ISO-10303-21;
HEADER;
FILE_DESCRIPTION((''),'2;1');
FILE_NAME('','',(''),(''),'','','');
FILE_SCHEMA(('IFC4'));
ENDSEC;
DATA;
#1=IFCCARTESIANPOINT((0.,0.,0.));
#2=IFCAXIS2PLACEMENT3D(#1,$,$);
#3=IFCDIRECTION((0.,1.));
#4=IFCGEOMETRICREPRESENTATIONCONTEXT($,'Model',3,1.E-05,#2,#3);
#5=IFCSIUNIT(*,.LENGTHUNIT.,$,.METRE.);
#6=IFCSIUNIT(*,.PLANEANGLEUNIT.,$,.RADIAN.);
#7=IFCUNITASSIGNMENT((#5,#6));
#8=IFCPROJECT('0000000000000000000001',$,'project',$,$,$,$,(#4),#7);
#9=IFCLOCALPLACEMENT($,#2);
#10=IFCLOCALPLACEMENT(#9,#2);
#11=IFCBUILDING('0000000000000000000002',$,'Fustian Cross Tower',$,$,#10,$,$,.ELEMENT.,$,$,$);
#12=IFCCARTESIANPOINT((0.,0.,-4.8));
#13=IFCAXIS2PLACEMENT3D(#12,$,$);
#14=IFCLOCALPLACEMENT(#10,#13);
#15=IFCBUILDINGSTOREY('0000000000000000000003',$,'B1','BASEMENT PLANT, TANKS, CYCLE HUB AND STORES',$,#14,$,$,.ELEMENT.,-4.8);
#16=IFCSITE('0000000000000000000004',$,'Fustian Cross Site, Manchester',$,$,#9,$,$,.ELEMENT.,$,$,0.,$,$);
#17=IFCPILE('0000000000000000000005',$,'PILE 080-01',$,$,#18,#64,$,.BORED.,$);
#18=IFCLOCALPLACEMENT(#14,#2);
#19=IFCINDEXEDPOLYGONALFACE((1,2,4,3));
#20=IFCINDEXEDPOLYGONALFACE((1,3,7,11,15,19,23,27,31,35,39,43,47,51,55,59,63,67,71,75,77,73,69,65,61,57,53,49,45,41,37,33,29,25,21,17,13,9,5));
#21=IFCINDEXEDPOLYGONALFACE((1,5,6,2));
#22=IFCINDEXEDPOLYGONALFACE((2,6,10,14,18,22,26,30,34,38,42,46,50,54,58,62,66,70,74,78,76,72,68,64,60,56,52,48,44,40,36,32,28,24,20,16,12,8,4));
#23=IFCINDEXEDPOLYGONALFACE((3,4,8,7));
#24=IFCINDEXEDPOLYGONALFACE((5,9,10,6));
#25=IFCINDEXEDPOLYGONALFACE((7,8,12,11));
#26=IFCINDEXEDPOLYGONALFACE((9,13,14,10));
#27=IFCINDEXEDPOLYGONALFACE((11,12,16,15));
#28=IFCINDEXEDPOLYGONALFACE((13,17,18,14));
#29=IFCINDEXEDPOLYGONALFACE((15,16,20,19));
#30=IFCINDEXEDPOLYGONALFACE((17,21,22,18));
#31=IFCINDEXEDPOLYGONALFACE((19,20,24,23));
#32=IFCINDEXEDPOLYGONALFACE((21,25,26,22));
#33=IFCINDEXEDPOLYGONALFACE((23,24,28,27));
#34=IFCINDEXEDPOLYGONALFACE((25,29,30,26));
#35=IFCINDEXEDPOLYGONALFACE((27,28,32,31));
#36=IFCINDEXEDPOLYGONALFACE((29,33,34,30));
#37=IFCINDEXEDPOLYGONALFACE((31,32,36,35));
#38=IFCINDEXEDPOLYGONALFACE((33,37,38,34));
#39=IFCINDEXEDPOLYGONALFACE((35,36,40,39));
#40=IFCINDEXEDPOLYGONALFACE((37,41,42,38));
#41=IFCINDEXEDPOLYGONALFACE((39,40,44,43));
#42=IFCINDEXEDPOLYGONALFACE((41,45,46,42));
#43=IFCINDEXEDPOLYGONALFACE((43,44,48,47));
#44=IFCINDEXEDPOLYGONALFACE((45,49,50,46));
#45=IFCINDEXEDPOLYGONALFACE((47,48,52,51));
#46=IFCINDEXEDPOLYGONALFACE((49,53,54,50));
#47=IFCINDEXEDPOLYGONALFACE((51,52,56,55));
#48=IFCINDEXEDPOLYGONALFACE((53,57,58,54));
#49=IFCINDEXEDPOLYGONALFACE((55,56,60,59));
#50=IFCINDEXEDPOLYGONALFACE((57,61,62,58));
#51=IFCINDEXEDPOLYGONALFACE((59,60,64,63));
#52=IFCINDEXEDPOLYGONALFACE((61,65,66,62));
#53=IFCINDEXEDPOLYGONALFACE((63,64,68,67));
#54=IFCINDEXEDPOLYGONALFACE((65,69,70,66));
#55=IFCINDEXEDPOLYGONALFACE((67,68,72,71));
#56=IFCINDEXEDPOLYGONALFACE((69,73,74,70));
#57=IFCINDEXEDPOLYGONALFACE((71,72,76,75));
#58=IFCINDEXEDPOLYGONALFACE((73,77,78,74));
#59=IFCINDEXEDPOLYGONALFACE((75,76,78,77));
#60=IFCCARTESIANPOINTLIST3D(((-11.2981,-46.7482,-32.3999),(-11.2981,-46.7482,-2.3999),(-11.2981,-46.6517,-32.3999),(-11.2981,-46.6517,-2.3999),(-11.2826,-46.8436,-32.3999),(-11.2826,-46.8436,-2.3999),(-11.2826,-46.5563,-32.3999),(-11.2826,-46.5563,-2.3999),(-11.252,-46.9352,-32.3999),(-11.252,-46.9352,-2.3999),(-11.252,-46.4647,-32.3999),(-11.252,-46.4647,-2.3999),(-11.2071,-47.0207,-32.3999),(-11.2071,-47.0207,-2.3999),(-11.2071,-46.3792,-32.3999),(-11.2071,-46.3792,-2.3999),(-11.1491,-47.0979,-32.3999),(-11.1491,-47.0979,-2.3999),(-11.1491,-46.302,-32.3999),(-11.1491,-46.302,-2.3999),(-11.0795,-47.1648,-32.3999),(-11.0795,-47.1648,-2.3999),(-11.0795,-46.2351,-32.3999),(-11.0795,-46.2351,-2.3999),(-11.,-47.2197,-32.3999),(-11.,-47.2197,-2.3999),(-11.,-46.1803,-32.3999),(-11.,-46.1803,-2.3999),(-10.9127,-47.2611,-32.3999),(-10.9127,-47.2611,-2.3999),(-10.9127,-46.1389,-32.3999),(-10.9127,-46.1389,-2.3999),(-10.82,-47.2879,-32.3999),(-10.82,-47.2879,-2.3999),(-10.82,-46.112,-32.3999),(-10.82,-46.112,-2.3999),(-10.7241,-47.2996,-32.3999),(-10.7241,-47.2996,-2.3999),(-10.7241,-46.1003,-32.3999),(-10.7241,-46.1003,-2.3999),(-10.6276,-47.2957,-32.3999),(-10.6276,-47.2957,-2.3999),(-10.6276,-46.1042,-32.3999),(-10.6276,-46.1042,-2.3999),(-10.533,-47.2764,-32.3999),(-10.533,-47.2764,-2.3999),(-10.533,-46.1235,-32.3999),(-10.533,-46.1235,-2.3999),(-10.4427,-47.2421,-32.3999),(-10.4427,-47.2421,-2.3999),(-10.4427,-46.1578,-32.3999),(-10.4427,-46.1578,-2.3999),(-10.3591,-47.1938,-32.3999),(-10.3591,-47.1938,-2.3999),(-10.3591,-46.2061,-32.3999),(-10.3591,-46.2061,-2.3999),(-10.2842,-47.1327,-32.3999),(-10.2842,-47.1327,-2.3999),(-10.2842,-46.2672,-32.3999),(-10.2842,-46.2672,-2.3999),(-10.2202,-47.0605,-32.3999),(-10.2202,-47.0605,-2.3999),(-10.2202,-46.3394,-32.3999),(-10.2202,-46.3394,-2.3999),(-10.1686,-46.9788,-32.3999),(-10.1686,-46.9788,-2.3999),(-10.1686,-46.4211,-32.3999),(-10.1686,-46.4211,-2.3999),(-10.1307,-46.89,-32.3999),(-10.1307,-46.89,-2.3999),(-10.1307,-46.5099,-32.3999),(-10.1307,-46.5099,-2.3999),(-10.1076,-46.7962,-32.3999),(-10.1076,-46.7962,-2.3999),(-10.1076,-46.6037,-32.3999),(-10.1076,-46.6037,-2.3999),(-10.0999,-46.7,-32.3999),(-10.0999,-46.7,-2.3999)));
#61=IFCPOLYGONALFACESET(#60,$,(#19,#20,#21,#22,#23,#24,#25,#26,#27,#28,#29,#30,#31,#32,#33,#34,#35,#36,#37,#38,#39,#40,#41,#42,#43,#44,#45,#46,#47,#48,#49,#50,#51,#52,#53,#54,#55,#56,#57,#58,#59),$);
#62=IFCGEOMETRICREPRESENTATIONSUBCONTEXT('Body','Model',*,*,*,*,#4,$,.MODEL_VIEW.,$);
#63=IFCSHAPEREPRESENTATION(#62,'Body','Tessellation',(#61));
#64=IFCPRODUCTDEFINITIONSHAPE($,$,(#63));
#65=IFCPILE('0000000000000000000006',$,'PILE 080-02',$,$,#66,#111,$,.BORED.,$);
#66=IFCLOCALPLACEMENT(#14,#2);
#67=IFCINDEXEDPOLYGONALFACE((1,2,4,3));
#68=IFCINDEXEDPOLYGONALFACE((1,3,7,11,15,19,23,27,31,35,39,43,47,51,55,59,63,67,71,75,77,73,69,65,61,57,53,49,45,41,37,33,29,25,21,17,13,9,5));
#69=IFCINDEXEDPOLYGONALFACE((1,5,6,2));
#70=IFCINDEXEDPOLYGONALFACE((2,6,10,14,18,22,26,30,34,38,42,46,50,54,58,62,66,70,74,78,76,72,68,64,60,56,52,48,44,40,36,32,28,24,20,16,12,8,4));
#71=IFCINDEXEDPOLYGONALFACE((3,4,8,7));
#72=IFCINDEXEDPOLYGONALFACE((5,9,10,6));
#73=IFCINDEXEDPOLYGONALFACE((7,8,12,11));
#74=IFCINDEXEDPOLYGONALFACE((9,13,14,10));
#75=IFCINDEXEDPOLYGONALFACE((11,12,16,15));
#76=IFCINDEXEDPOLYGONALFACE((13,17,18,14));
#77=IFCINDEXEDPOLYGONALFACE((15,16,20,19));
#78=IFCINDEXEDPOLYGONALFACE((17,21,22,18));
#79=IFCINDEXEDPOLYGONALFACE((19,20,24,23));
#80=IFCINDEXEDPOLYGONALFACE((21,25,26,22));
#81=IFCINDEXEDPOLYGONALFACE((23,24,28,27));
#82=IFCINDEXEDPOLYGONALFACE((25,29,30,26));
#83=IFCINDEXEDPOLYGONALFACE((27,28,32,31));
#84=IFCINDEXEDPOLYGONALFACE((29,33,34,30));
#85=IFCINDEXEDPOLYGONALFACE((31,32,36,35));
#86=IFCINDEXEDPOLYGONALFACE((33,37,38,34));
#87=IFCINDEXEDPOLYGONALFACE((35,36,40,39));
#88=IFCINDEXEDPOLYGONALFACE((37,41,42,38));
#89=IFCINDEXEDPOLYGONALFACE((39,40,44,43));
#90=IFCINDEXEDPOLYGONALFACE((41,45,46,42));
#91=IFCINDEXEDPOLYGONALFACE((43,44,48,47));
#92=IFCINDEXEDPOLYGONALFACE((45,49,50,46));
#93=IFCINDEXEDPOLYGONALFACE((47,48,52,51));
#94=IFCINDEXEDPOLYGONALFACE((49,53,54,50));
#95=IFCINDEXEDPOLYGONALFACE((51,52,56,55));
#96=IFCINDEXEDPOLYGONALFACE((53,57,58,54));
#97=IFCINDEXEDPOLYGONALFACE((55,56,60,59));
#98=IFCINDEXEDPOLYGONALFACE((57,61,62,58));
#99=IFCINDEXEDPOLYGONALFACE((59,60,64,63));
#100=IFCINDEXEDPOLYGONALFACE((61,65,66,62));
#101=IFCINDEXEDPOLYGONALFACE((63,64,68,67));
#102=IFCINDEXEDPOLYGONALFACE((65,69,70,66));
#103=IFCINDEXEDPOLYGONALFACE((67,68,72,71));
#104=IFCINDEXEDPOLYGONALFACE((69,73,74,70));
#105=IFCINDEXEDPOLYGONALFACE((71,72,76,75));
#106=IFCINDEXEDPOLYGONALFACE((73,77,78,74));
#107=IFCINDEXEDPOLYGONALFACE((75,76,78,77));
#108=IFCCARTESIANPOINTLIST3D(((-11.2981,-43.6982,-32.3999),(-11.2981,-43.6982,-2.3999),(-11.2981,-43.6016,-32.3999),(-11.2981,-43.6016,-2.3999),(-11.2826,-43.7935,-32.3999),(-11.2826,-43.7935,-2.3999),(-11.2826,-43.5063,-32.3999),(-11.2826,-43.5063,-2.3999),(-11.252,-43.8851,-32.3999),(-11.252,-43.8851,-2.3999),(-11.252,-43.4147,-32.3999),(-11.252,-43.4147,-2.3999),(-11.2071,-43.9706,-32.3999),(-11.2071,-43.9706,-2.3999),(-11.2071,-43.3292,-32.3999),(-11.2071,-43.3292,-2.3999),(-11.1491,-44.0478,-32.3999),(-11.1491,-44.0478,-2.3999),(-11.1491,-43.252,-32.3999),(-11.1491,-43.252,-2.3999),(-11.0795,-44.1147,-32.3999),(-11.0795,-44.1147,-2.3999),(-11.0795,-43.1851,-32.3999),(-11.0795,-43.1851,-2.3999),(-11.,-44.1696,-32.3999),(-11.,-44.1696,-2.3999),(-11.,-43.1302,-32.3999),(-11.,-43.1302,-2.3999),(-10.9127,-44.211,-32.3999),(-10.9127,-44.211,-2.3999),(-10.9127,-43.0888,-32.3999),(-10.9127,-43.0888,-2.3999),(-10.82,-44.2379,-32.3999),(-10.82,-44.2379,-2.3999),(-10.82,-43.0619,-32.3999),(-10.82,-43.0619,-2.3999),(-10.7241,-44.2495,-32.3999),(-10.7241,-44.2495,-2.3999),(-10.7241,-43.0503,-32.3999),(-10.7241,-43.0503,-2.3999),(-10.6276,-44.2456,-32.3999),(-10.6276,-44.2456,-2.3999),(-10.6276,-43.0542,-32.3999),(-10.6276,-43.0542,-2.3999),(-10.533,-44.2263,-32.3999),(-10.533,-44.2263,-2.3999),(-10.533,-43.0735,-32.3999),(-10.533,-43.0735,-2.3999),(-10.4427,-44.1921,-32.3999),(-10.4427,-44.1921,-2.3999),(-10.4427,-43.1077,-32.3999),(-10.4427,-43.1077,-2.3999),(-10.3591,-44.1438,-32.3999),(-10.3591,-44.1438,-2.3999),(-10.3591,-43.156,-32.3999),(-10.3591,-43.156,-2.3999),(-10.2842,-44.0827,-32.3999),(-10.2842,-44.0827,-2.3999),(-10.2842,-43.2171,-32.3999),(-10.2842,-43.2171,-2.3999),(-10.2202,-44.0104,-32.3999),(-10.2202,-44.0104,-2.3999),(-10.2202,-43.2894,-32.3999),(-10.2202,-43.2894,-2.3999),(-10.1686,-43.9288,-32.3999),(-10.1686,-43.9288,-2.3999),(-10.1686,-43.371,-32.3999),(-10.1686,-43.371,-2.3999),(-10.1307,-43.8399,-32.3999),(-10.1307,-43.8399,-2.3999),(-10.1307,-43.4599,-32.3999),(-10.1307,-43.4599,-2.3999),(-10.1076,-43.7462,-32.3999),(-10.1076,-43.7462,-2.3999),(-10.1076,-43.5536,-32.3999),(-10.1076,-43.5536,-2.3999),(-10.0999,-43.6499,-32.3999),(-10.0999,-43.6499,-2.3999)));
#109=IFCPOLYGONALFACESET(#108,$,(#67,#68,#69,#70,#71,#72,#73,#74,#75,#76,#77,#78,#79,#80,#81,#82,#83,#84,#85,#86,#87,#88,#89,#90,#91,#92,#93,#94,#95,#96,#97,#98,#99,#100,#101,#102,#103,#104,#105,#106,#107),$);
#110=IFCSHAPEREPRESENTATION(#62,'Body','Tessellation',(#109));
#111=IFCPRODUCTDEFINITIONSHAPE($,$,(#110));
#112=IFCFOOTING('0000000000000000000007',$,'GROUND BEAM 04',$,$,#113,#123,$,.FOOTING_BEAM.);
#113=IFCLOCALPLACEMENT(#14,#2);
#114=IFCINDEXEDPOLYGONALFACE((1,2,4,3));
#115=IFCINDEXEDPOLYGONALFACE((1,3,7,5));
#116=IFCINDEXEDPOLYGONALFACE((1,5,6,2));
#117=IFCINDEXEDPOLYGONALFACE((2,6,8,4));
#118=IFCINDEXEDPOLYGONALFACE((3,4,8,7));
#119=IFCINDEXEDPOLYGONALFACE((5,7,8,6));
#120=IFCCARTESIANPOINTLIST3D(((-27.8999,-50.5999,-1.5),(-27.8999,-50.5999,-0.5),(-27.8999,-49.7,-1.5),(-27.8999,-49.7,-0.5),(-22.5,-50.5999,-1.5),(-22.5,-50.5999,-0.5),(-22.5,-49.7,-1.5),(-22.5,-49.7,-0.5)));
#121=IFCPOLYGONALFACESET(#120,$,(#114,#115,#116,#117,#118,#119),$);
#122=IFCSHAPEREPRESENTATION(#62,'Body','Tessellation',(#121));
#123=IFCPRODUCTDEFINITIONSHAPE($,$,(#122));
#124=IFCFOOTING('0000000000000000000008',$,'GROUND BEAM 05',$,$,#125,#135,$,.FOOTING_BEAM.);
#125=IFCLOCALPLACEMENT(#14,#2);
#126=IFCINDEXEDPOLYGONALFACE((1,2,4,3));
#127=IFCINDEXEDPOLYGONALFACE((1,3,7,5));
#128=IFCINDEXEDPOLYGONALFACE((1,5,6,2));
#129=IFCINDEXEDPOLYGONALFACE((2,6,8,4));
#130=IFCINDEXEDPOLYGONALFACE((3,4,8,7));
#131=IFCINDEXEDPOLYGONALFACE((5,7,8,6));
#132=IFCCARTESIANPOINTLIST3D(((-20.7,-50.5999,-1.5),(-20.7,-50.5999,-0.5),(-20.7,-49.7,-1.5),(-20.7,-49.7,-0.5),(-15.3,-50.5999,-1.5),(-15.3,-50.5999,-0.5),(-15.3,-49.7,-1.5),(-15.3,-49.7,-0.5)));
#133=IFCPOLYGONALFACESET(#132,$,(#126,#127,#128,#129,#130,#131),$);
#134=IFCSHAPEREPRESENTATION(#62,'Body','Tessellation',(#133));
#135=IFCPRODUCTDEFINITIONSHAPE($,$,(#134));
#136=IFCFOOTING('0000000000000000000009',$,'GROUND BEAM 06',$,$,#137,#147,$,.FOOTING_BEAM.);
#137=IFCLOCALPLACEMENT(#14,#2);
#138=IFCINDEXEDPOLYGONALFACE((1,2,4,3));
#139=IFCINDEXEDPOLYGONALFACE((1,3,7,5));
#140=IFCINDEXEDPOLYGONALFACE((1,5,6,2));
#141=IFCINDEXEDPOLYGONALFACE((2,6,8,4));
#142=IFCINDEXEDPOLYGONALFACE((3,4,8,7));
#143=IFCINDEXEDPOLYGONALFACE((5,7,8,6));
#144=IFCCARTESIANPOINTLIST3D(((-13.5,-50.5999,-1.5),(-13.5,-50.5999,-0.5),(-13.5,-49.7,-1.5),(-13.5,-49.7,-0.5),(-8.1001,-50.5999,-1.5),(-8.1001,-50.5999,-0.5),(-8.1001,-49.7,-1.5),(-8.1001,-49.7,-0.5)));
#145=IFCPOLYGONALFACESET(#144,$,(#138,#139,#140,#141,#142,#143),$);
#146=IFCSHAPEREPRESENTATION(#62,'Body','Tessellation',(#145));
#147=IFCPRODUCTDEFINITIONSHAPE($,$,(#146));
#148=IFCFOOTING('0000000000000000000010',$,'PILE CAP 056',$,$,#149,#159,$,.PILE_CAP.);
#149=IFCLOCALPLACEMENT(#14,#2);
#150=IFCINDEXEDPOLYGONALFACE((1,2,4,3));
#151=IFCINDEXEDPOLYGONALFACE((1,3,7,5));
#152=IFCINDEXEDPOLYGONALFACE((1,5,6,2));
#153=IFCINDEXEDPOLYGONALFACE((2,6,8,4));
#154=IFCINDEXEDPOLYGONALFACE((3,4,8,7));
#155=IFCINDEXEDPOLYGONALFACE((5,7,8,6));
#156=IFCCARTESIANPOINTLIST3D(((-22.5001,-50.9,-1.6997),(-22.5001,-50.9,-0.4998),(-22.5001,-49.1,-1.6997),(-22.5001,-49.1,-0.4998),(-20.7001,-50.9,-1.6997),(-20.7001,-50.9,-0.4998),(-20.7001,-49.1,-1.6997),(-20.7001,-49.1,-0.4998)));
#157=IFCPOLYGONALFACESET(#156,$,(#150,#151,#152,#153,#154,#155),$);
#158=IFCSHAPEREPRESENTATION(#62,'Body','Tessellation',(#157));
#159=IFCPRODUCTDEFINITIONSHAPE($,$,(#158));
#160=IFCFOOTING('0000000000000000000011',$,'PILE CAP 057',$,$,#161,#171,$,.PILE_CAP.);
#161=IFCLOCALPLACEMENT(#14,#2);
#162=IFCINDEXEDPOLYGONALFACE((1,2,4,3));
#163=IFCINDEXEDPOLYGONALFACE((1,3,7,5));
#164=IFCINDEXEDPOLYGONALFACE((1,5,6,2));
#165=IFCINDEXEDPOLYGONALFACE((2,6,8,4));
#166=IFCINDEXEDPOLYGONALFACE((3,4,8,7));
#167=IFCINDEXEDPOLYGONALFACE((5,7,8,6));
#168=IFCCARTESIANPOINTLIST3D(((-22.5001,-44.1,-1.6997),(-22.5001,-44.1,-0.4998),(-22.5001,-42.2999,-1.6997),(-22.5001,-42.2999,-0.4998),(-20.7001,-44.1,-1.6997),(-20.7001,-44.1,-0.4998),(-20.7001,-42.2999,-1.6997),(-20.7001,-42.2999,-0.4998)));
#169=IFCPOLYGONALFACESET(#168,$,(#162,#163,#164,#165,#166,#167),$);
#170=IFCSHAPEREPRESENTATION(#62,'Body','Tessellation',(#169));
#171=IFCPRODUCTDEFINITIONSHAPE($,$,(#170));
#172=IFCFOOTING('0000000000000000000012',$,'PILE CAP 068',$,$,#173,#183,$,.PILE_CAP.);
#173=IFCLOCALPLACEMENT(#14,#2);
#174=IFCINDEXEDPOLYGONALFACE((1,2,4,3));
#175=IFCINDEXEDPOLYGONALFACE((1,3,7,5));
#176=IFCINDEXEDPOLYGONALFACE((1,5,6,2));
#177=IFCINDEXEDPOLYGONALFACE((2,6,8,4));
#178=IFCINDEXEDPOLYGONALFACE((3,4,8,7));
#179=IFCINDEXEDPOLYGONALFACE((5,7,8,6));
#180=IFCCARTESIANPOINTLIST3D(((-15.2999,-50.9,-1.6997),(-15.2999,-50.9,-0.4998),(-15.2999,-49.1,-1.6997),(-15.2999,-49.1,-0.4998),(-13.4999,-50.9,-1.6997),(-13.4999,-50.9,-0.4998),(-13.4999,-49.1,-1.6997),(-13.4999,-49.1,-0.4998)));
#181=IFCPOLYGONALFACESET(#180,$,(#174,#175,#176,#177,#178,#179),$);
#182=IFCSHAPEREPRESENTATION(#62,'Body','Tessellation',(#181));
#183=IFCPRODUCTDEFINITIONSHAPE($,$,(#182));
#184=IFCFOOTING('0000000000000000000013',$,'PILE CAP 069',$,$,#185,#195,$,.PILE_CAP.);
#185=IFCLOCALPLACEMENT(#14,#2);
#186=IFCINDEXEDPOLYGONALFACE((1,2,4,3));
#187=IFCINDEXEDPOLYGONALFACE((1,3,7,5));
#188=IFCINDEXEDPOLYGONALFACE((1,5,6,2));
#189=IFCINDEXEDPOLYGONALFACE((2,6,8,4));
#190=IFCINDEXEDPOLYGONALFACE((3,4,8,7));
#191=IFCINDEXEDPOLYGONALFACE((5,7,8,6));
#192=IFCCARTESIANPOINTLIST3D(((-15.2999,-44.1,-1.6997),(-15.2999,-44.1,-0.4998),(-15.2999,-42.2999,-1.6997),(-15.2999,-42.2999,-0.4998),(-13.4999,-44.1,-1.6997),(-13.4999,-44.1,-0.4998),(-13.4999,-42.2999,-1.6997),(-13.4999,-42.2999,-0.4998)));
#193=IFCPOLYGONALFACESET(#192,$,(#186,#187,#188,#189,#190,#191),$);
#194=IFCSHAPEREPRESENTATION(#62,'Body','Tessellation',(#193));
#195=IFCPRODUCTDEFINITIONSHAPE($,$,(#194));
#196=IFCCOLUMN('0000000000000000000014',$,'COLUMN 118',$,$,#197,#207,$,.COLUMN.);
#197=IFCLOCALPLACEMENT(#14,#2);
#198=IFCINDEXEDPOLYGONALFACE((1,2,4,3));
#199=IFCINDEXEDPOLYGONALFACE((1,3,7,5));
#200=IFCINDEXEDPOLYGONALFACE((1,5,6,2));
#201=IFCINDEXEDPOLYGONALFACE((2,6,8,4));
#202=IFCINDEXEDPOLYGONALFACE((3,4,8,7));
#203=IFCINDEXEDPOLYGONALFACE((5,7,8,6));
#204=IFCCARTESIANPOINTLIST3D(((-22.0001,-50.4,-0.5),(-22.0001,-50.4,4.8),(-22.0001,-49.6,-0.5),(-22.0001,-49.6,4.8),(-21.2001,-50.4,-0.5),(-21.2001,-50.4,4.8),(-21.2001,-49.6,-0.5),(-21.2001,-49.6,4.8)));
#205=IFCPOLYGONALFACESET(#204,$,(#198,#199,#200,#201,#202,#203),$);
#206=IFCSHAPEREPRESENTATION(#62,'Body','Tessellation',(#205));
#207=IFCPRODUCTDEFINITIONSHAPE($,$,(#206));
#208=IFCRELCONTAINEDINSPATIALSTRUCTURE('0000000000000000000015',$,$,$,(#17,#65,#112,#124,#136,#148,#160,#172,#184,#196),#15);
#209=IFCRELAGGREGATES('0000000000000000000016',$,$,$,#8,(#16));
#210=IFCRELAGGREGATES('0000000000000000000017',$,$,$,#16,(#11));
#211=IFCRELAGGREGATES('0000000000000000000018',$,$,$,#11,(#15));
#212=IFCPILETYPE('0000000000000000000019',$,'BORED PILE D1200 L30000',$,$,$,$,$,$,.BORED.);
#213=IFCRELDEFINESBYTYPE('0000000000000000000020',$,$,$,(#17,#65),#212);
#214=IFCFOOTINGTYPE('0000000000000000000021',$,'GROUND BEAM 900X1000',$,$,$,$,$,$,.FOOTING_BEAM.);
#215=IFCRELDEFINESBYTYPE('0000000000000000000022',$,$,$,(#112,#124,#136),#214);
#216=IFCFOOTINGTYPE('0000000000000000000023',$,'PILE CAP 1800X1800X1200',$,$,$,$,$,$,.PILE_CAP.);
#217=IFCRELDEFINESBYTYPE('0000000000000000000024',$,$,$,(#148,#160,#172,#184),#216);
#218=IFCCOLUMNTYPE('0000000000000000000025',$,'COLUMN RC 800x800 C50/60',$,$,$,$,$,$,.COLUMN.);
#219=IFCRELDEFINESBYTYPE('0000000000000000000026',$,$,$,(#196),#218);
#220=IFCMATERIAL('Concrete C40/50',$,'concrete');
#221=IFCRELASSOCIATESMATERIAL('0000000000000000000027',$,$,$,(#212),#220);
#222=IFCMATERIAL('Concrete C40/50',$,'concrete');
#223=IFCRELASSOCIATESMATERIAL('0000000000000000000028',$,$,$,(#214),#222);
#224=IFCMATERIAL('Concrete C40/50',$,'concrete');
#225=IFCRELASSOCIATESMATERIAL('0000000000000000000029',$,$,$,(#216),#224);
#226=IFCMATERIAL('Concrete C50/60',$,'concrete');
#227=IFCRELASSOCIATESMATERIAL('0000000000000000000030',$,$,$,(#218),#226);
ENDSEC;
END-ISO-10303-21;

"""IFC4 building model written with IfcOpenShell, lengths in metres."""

from ifc_helpers import new_model, si_unit, direction, frame, origin, origin_2d, place, context, subcontext, project, spatial, rectangle, circle, extrude, material, material_profile, profile_set, type_object, element, save


model = new_model("IFC4")

# Units and contexts
model_context = context("Model", 3, precision=1e-05, world=origin(), true_north=direction((0.0, 1.0)))
body_context = subcontext(model_context, "Body", "Model", "MODEL_VIEW")
ifc_project = project(units=[si_unit("LENGTHUNIT", "METRE"), si_unit("PLANEANGLEUNIT", "RADIAN")], contexts=[model_context])

# Site, building, storey
site_placement = place(None, origin())
site = spatial("IfcSite", under=ifc_project, at=site_placement, Name="Fustian Cross Site, Manchester", CompositionType="ELEMENT", RefElevation=0.0)
building_placement = place(site_placement, origin())
building = spatial("IfcBuilding", under=site, at=building_placement, Name="Fustian Cross Tower", CompositionType="ELEMENT")
storey_placement = place(building_placement, frame((0.0, 0.0, -4.8)))
storey = spatial("IfcBuildingStorey", under=building, at=storey_placement, Name="B1", Description="BASEMENT PLANT, TANKS, CYCLE HUB AND STORES", CompositionType="ELEMENT", Elevation=-4.8)

# Piles
ifc_material_1 = material(Name="Concrete C40/50", Category="concrete")
ifc_material_profile_1 = material_profile(ifc_material_1, circle(Radius=0.6001, at=origin_2d()), Name="BORED PILE D1200 L30000")
ifc_profile_set_1 = profile_set([ifc_material_profile_1], Name="Concrete C40/50")
pile_type_1 = type_object("IfcPileType", Name="BORED PILE D1200 L30000", PredefinedType="BORED", material=ifc_profile_set_1)
for number, where, z_axis, x_axis, name in (
    (1, (-10.7, -46.7, -2.3999), (0.0, 0.0, -1.0), (1.0, 0.0, 0.0), "PILE 080-01"),
    (2, (-10.7, -43.6499, -2.3999), (0.0, 0.0, -1.0), (1.0, 0.0, 0.0), "PILE 080-02"),
):
    element("IfcPile", number, at=place(storey_placement, frame(where, z_axis=z_axis, x_axis=x_axis)), inside=storey, type_object=pile_type_1, Name=name, PredefinedType="BORED", context=body_context, shape_type="SweptSolid", body=[
        extrude(circle(Radius=0.6001, at=origin_2d()), origin(), (0.0, 0.0, 1.0), 30.0),
    ])

# Footings
ifc_material_2 = material(Name="Concrete C40/50", Category="concrete")
footing_type_1 = type_object("IfcFootingType", Name="GROUND BEAM 900X1000", PredefinedType="FOOTING_BEAM", material=ifc_material_2)
for number, where, z_axis, x_axis, name in (
    (3, (-25.2, -50.1499, -1.5), (0.0, 0.0, 1.0), (1.0, 0.0, 0.0), "GROUND BEAM 04"),
    (4, (-18.0, -50.1499, -1.5), (0.0, 0.0, 1.0), (1.0, 0.0, 0.0), "GROUND BEAM 05"),
    (5, (-10.8, -50.1499, -1.5), (0.0, 0.0, 1.0), (1.0, 0.0, 0.0), "GROUND BEAM 06"),
):
    element("IfcFooting", number, at=place(storey_placement, frame(where, z_axis=z_axis, x_axis=x_axis)), inside=storey, type_object=footing_type_1, Name=name, PredefinedType="FOOTING_BEAM", context=body_context, shape_type="SweptSolid", body=[
        extrude(rectangle(XDim=5.3999, YDim=0.8999, at=origin_2d()), origin(), (0.0, 0.0, 1.0), 1.0),
    ])
ifc_material_3 = material(Name="Concrete C40/50", Category="concrete")
footing_type_2 = type_object("IfcFootingType", Name="PILE CAP 1800X1800X1200", PredefinedType="PILE_CAP", material=ifc_material_3)
for number, where, z_axis, x_axis, name in (
    (6, (-21.6001, -50.0, -1.6997), (0.0, 0.0, 1.0), (1.0, 0.0, 0.0), "PILE CAP 056"),
    (7, (-21.6001, -43.2, -1.6997), (0.0, 0.0, 1.0), (1.0, 0.0, 0.0), "PILE CAP 057"),
    (8, (-14.3999, -50.0, -1.6997), (0.0, 0.0, 1.0), (1.0, 0.0, 0.0), "PILE CAP 068"),
    (9, (-14.3999, -43.2, -1.6997), (0.0, 0.0, 1.0), (1.0, 0.0, 0.0), "PILE CAP 069"),
):
    element("IfcFooting", number, at=place(storey_placement, frame(where, z_axis=z_axis, x_axis=x_axis)), inside=storey, type_object=footing_type_2, Name=name, PredefinedType="PILE_CAP", context=body_context, shape_type="SweptSolid", body=[
        extrude(rectangle(XDim=1.8, YDim=1.8, at=origin_2d()), origin(), (0.0, 0.0, 1.0), 1.2),
    ])

# Column
ifc_material_4 = material(Name="Concrete C50/60", Category="concrete")
ifc_material_profile_2 = material_profile(ifc_material_4, rectangle(XDim=0.8, YDim=0.8, at=origin_2d()), Name="RC 800x800")
ifc_profile_set_2 = profile_set([ifc_material_profile_2], Name="Concrete C50/60")
column_type = type_object("IfcColumnType", Name="COLUMN RC 800x800 C50/60", PredefinedType="COLUMN", material=ifc_profile_set_2)
for number, where, z_axis, x_axis, name in (
    (10, (-21.6001, -50.0, -0.5), (0.0, 0.0, 1.0), (1.0, 0.0, 0.0), "COLUMN 118"),
):
    element("IfcColumn", number, at=place(storey_placement, frame(where, z_axis=z_axis, x_axis=x_axis)), inside=storey, type_object=column_type, Name=name, PredefinedType="COLUMN", context=body_context, shape_type="SweptSolid", body=[
        extrude(rectangle(XDim=0.8, YDim=0.8, at=origin_2d()), origin(), (0.0, 0.0, 1.0), 5.3),
    ])

save(model, "model.ifc")
